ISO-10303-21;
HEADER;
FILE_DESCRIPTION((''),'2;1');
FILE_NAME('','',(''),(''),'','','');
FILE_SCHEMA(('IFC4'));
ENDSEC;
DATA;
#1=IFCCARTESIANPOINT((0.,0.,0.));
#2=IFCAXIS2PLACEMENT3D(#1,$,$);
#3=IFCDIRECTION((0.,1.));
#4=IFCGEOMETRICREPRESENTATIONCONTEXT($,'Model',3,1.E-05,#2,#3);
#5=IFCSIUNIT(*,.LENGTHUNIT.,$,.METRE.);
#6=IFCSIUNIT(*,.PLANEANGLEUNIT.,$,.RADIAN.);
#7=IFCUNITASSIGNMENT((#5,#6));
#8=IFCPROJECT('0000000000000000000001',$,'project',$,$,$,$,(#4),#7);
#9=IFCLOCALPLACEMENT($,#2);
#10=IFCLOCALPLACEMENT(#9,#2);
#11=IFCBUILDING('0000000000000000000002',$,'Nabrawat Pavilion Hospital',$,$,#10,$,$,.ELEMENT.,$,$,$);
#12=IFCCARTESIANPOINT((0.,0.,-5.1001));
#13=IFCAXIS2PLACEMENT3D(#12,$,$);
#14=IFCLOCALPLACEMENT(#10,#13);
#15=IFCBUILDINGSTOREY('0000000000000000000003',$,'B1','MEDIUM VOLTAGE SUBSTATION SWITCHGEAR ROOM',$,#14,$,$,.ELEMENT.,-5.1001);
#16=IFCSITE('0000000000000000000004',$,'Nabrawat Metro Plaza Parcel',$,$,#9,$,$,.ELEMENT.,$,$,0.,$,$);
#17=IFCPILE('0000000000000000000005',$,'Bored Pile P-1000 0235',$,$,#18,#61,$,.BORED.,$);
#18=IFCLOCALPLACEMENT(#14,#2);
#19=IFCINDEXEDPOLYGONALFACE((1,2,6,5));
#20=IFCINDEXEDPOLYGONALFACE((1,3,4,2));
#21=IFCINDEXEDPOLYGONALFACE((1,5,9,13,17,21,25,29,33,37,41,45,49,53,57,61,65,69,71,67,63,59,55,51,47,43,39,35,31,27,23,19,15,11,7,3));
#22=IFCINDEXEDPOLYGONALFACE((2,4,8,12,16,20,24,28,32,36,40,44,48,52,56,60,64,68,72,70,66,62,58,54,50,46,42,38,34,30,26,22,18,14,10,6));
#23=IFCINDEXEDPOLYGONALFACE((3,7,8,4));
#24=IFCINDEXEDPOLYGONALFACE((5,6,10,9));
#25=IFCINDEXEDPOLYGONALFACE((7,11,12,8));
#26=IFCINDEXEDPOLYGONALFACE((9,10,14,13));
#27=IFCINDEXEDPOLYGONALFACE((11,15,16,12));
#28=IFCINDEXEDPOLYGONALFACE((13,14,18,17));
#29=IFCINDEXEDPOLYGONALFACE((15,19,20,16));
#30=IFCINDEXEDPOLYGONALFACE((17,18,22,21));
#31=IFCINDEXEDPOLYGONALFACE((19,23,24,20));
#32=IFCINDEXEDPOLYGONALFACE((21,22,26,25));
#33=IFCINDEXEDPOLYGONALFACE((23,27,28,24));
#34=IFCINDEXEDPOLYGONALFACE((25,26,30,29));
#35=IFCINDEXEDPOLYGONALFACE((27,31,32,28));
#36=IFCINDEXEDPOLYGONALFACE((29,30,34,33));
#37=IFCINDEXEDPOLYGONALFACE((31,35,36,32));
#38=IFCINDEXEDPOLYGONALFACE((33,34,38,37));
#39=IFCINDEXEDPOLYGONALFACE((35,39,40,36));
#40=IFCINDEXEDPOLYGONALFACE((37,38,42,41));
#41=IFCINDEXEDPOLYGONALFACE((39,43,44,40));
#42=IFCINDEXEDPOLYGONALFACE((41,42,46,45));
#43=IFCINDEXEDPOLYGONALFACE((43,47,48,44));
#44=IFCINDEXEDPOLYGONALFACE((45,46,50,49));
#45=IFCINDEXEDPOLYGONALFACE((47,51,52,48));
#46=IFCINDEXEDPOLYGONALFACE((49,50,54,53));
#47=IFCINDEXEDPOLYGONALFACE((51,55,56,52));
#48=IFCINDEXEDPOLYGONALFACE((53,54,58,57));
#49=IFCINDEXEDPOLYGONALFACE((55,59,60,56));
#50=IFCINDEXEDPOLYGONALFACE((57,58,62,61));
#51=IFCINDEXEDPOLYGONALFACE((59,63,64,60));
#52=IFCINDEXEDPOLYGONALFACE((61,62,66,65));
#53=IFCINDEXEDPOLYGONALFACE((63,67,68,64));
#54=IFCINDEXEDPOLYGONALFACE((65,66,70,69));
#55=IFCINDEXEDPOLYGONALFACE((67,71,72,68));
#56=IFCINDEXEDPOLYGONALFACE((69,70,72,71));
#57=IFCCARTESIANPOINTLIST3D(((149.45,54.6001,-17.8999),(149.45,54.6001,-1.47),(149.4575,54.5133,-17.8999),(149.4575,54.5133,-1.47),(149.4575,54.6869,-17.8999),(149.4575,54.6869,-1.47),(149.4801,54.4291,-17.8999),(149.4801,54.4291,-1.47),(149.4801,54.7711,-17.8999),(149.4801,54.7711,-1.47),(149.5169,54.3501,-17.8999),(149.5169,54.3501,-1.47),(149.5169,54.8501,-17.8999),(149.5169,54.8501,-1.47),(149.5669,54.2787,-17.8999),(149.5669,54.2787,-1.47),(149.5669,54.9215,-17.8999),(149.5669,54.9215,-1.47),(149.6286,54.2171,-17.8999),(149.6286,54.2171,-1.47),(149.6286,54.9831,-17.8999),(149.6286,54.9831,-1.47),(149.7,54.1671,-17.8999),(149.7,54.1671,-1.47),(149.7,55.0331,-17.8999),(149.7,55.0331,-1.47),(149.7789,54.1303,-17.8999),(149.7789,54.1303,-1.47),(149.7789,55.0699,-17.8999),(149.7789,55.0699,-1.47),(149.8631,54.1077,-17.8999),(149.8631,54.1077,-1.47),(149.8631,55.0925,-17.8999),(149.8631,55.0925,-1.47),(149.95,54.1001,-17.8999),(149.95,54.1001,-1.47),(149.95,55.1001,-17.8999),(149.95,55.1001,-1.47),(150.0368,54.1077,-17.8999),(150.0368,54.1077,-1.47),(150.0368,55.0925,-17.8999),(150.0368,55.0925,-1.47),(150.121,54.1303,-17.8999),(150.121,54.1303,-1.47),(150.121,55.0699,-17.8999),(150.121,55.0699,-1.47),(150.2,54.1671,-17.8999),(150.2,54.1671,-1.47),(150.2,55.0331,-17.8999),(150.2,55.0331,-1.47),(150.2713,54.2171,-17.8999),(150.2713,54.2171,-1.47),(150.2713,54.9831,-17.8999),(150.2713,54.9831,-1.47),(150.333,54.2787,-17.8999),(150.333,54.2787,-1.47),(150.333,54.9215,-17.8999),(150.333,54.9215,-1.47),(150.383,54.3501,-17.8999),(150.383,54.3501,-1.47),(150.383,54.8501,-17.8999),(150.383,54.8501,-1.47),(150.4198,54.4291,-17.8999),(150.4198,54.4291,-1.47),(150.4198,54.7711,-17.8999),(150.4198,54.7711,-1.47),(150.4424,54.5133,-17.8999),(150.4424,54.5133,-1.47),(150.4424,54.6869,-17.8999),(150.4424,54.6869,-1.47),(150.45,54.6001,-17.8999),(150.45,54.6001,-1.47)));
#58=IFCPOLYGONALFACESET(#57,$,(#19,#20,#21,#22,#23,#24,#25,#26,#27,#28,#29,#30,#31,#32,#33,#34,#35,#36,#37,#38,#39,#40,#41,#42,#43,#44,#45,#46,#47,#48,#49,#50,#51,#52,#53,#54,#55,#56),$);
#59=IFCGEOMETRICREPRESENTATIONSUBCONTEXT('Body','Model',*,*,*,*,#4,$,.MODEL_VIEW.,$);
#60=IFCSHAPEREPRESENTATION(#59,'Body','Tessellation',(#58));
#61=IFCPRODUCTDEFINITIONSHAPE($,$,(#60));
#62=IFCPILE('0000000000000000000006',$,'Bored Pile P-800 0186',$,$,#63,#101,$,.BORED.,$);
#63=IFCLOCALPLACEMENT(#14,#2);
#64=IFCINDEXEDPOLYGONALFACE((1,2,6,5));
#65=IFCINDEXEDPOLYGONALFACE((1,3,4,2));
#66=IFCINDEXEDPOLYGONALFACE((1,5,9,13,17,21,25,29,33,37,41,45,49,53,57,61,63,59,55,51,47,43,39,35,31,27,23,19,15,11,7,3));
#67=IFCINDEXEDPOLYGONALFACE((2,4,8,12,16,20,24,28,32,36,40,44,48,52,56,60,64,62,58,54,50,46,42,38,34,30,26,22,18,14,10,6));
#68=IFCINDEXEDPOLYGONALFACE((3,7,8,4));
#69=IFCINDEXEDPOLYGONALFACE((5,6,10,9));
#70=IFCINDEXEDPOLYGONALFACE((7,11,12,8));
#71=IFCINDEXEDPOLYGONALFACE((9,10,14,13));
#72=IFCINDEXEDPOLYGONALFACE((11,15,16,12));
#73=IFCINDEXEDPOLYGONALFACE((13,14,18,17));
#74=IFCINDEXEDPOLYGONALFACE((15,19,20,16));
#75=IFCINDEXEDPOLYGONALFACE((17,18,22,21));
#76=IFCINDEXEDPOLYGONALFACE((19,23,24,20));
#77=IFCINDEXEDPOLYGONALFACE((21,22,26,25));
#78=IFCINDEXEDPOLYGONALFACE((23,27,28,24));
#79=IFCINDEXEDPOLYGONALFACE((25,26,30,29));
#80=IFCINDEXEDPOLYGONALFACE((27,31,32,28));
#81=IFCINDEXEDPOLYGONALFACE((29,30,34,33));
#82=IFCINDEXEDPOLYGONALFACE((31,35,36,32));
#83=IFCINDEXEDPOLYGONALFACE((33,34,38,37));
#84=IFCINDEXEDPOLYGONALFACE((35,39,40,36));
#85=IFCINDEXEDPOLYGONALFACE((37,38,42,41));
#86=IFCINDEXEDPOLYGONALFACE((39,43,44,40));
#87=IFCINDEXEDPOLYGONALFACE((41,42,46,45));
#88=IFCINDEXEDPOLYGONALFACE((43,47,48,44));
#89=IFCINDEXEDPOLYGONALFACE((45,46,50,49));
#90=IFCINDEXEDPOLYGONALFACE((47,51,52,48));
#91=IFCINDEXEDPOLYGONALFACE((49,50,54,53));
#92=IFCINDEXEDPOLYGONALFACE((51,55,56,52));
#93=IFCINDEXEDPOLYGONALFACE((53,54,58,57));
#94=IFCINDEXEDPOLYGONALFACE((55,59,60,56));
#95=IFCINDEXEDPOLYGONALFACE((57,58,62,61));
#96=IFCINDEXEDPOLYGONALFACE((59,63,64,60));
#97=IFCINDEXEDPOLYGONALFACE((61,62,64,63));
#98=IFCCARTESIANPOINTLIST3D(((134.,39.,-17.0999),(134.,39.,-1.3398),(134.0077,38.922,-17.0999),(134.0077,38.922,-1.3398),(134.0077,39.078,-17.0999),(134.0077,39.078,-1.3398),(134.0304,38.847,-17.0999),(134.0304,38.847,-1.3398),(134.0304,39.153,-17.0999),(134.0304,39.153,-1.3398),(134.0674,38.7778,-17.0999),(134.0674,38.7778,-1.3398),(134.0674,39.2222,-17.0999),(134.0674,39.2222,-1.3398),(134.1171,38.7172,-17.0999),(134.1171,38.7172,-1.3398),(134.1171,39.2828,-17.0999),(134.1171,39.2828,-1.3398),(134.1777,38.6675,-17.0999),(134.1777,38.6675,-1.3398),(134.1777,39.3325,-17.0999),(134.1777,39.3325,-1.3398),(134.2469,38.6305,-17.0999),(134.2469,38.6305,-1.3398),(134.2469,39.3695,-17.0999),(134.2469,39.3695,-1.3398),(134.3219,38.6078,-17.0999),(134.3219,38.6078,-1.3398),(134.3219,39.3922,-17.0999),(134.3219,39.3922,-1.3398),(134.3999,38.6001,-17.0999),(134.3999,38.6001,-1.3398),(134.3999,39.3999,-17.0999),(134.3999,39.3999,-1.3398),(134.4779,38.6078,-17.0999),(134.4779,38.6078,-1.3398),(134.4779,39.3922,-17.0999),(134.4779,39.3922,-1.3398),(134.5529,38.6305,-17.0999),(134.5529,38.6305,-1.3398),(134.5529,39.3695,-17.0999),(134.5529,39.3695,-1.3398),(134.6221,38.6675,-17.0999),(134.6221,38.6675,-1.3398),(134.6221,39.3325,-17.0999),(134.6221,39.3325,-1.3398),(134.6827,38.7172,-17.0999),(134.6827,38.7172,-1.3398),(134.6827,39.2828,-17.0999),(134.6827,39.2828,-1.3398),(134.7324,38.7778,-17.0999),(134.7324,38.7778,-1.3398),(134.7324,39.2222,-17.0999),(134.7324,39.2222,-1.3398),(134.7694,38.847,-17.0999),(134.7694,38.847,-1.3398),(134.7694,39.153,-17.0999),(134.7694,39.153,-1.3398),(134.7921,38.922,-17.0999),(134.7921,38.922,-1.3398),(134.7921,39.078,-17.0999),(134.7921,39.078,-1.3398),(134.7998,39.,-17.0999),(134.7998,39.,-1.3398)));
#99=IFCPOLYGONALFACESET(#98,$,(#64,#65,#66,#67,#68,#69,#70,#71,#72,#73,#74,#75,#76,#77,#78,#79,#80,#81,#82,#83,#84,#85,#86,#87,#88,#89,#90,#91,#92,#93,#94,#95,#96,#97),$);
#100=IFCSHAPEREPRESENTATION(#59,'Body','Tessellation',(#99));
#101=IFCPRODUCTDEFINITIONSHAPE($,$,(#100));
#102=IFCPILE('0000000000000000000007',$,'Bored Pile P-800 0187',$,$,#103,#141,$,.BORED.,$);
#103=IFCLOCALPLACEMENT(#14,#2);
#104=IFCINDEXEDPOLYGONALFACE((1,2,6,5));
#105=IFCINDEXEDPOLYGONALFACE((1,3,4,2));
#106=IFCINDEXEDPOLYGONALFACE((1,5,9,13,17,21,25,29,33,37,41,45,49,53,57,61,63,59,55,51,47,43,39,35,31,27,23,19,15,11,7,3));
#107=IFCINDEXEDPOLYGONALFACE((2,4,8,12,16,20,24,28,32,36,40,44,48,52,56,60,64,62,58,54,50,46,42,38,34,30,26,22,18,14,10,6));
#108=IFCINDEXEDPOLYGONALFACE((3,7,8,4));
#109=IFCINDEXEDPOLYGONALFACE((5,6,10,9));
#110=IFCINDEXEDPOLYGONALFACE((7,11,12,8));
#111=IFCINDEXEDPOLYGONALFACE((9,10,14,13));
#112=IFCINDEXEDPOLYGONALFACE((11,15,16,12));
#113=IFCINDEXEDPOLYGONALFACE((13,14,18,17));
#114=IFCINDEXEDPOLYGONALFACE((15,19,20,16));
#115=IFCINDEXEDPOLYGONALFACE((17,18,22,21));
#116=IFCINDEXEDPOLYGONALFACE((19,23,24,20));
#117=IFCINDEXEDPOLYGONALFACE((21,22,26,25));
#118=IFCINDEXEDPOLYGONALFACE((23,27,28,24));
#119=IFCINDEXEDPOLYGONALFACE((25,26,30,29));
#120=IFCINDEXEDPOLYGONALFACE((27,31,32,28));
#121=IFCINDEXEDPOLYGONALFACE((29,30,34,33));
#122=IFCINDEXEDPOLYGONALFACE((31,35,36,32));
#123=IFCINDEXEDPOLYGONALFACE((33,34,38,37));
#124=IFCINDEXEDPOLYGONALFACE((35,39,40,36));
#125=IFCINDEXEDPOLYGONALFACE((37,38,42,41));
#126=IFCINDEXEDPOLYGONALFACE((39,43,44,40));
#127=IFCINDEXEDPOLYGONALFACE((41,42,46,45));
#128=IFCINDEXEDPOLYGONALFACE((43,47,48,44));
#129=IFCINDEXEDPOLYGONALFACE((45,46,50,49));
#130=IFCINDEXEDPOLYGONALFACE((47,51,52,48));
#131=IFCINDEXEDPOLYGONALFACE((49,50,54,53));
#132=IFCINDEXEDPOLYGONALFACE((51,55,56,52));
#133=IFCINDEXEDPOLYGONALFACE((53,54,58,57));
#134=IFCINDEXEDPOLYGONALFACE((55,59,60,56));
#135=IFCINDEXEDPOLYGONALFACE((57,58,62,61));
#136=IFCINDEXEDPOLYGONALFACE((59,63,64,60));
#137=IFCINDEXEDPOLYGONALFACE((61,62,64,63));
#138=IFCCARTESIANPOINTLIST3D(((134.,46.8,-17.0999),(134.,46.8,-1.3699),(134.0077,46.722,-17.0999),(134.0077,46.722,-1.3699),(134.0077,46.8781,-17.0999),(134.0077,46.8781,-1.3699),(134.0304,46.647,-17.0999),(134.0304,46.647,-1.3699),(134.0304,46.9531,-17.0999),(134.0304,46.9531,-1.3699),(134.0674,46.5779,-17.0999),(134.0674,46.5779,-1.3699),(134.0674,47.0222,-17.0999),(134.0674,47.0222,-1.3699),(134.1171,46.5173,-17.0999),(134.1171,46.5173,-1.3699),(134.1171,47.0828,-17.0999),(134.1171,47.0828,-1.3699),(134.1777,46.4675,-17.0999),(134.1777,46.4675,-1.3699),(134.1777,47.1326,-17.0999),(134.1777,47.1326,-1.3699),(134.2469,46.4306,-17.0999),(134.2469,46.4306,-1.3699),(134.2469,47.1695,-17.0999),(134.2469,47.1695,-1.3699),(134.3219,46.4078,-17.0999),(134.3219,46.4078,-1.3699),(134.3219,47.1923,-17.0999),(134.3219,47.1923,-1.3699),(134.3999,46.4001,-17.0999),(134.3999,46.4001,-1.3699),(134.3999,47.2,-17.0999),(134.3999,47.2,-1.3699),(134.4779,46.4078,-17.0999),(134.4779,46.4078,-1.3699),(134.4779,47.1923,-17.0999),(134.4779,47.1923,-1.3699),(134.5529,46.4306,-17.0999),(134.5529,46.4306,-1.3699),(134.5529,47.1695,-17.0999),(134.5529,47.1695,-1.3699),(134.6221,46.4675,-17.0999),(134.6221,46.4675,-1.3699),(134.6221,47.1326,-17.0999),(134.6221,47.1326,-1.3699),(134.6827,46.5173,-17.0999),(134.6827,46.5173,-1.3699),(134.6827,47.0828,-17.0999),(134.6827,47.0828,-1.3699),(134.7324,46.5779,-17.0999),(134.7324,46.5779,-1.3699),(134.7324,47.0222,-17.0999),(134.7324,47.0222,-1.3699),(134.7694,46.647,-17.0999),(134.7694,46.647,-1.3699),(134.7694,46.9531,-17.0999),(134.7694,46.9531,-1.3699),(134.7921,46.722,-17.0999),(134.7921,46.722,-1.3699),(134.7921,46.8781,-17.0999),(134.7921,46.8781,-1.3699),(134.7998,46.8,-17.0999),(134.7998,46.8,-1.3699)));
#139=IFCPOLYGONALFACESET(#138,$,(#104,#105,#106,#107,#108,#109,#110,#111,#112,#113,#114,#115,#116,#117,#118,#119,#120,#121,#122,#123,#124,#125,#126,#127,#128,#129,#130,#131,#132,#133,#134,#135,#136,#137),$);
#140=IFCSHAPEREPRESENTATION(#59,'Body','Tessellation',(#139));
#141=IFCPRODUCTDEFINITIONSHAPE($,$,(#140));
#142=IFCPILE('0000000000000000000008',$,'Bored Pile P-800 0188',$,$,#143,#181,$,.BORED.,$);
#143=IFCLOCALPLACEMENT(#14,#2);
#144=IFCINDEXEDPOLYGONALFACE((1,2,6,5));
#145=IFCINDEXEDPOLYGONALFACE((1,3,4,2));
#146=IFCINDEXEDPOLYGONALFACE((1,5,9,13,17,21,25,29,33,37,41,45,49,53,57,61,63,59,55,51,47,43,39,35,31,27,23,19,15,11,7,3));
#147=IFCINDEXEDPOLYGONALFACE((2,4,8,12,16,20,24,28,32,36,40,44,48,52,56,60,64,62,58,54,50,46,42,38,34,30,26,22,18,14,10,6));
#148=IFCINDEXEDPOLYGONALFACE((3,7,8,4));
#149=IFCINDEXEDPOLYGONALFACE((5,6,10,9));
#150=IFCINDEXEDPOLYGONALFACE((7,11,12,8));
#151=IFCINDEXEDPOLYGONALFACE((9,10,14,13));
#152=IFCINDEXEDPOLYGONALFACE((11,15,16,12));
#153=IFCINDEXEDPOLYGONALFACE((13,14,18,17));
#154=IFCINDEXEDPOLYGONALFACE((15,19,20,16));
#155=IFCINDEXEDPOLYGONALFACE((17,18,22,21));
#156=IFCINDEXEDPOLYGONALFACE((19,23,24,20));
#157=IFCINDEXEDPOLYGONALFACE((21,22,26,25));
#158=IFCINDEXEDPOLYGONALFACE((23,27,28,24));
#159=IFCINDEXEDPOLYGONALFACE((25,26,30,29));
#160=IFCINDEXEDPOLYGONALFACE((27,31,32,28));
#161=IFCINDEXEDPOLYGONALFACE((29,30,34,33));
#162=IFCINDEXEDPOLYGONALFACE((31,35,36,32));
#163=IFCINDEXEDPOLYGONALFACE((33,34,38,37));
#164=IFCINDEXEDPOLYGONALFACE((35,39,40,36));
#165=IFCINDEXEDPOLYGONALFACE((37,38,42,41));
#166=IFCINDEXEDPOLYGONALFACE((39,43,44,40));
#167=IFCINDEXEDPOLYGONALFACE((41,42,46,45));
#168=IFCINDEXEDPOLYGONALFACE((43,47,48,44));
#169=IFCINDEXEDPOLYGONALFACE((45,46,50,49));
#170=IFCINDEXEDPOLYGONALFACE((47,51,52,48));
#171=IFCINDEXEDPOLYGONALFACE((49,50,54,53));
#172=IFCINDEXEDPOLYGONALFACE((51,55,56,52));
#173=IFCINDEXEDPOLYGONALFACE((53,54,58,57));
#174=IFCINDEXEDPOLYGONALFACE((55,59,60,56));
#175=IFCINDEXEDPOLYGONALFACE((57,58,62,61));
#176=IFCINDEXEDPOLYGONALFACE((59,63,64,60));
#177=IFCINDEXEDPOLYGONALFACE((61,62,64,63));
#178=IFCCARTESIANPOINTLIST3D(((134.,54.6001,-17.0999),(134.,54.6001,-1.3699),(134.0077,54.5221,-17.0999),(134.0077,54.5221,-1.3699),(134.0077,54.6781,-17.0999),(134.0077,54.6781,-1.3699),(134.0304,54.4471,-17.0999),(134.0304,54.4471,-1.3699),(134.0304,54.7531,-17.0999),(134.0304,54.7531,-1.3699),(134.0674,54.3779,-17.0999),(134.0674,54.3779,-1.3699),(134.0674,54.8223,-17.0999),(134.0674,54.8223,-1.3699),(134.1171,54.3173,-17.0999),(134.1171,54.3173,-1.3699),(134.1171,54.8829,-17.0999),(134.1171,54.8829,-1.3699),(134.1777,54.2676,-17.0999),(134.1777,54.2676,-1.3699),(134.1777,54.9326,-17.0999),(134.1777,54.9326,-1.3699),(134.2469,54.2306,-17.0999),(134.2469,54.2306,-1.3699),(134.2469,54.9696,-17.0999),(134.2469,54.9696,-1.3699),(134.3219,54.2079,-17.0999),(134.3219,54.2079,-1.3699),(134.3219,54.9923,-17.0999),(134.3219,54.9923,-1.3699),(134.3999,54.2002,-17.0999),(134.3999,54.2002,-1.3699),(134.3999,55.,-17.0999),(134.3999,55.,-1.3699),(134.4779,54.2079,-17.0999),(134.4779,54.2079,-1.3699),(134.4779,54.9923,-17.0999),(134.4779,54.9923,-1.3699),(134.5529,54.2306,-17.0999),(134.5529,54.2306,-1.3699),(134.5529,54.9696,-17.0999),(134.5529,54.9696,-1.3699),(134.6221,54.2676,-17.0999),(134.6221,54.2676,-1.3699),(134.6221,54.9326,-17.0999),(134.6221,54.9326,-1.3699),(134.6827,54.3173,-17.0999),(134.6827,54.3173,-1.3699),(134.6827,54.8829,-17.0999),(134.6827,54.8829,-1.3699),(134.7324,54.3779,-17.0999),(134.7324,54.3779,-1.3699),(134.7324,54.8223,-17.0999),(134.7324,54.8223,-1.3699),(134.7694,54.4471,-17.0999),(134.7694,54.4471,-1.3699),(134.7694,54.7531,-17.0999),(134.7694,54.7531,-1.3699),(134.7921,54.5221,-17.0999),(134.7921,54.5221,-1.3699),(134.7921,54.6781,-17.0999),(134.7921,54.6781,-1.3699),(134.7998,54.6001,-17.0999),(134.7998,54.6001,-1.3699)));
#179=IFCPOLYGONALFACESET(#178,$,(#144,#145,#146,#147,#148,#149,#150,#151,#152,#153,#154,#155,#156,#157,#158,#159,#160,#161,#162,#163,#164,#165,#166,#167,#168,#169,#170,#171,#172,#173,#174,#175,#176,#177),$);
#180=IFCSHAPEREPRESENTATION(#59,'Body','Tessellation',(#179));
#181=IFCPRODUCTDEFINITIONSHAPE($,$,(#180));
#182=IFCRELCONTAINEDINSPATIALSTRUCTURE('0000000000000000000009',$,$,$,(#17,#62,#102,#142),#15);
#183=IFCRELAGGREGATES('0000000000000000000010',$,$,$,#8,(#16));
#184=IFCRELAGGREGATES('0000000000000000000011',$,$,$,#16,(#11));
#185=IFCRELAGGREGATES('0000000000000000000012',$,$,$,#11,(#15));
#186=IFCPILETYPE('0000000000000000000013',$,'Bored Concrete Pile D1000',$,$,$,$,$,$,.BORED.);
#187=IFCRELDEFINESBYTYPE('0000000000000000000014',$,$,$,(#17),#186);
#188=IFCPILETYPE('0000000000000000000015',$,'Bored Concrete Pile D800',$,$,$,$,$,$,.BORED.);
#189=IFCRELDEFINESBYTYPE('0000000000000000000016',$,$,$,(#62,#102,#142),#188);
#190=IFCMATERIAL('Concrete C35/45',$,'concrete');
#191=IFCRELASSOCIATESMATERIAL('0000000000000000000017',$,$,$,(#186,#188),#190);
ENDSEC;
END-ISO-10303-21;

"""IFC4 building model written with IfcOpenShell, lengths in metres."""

from ifc_helpers import new_model, si_unit, direction, frame, origin, origin_2d, place, context, subcontext, project, spatial, circle, extrude, material, material_profile, profile_set, type_object, element, save


model = new_model("IFC4")

# Units and contexts
model_context = context("Model", 3, precision=1e-05, world=origin(), true_north=direction((0.0, 1.0)))
body_context = subcontext(model_context, "Body", "Model", "MODEL_VIEW")
ifc_project = project(units=[si_unit("LENGTHUNIT", "METRE"), si_unit("PLANEANGLEUNIT", "RADIAN")], contexts=[model_context])

# Site, building, storey
site_placement = place(None, origin())
site = spatial("IfcSite", under=ifc_project, at=site_placement, Name="Nabrawat Metro Plaza Parcel", CompositionType="ELEMENT", RefElevation=0.0)
building_placement = place(site_placement, origin())
building = spatial("IfcBuilding", under=site, at=building_placement, Name="Nabrawat Pavilion Hospital", CompositionType="ELEMENT")
storey_placement = place(building_placement, frame((0.0, 0.0, -5.1001)))
storey = spatial("IfcBuildingStorey", under=building, at=storey_placement, Name="B1", Description="MEDIUM VOLTAGE SUBSTATION SWITCHGEAR ROOM", CompositionType="ELEMENT", Elevation=-5.1001)

# Piles
ifc_material_1 = material(Name="Concrete C35/45", Category="concrete")
ifc_material_profile_1 = material_profile(ifc_material_1, circle(Radius=0.5, at=origin_2d()), Name="DIA 1000")
ifc_profile_set_1 = profile_set([ifc_material_profile_1], Name="Concrete C35/45")
pile_type_1 = type_object("IfcPileType", Name="Bored Concrete Pile D1000", PredefinedType="BORED", material=ifc_profile_set_1)
for number, where, z_axis, x_axis, name in (
    (1, (149.95, 54.6001, -1.47), (0.0, 0.0, -1.0), (1.0, 0.0, 0.0), "Bored Pile P-1000 0235"),
):
    element("IfcPile", number, at=place(storey_placement, frame(where, z_axis=z_axis, x_axis=x_axis)), inside=storey, type_object=pile_type_1, Name=name, PredefinedType="BORED", context=body_context, shape_type="SweptSolid", body=[
        extrude(circle(Radius=0.5, at=origin_2d()), origin(), (0.0, 0.0, 1.0), 16.4299),
    ])
ifc_material_profile_2 = material_profile(ifc_material_1, circle(Radius=0.3999, at=origin_2d()), Name="DIA 800")
ifc_profile_set_2 = profile_set([ifc_material_profile_2], Name="Concrete C35/45")
pile_type_2 = type_object("IfcPileType", Name="Bored Concrete Pile D800", PredefinedType="BORED", material=ifc_profile_set_2)
pile_placement = place(storey_placement, frame((134.3999, 39.0, -1.3398), z_axis=(0.0, 0.0, -1.0), x_axis=(1.0, 0.0, 0.0)))
element("IfcPile", 2, at=pile_placement, inside=storey, type_object=pile_type_2, Name="Bored Pile P-800 0186", PredefinedType="BORED", context=body_context, shape_type="SweptSolid", body=[
    extrude(circle(Radius=0.3999, at=origin_2d()), origin(), (0.0, 0.0, 1.0), 15.76),
])
for number, where, z_axis, x_axis, name in (
    (3, (134.3999, 46.8, -1.3699), (0.0, 0.0, -1.0), (1.0, 0.0, 0.0), "Bored Pile P-800 0187"),
    (4, (134.3999, 54.6001, -1.3699), (0.0, 0.0, -1.0), (1.0, 0.0, 0.0), "Bored Pile P-800 0188"),
):
    element("IfcPile", number, at=place(storey_placement, frame(where, z_axis=z_axis, x_axis=x_axis)), inside=storey, type_object=pile_type_2, Name=name, PredefinedType="BORED", context=body_context, shape_type="SweptSolid", body=[
        extrude(circle(Radius=0.3999, at=origin_2d()), origin(), (0.0, 0.0, 1.0), 15.73),
    ])

save(model, "model.ifc")
